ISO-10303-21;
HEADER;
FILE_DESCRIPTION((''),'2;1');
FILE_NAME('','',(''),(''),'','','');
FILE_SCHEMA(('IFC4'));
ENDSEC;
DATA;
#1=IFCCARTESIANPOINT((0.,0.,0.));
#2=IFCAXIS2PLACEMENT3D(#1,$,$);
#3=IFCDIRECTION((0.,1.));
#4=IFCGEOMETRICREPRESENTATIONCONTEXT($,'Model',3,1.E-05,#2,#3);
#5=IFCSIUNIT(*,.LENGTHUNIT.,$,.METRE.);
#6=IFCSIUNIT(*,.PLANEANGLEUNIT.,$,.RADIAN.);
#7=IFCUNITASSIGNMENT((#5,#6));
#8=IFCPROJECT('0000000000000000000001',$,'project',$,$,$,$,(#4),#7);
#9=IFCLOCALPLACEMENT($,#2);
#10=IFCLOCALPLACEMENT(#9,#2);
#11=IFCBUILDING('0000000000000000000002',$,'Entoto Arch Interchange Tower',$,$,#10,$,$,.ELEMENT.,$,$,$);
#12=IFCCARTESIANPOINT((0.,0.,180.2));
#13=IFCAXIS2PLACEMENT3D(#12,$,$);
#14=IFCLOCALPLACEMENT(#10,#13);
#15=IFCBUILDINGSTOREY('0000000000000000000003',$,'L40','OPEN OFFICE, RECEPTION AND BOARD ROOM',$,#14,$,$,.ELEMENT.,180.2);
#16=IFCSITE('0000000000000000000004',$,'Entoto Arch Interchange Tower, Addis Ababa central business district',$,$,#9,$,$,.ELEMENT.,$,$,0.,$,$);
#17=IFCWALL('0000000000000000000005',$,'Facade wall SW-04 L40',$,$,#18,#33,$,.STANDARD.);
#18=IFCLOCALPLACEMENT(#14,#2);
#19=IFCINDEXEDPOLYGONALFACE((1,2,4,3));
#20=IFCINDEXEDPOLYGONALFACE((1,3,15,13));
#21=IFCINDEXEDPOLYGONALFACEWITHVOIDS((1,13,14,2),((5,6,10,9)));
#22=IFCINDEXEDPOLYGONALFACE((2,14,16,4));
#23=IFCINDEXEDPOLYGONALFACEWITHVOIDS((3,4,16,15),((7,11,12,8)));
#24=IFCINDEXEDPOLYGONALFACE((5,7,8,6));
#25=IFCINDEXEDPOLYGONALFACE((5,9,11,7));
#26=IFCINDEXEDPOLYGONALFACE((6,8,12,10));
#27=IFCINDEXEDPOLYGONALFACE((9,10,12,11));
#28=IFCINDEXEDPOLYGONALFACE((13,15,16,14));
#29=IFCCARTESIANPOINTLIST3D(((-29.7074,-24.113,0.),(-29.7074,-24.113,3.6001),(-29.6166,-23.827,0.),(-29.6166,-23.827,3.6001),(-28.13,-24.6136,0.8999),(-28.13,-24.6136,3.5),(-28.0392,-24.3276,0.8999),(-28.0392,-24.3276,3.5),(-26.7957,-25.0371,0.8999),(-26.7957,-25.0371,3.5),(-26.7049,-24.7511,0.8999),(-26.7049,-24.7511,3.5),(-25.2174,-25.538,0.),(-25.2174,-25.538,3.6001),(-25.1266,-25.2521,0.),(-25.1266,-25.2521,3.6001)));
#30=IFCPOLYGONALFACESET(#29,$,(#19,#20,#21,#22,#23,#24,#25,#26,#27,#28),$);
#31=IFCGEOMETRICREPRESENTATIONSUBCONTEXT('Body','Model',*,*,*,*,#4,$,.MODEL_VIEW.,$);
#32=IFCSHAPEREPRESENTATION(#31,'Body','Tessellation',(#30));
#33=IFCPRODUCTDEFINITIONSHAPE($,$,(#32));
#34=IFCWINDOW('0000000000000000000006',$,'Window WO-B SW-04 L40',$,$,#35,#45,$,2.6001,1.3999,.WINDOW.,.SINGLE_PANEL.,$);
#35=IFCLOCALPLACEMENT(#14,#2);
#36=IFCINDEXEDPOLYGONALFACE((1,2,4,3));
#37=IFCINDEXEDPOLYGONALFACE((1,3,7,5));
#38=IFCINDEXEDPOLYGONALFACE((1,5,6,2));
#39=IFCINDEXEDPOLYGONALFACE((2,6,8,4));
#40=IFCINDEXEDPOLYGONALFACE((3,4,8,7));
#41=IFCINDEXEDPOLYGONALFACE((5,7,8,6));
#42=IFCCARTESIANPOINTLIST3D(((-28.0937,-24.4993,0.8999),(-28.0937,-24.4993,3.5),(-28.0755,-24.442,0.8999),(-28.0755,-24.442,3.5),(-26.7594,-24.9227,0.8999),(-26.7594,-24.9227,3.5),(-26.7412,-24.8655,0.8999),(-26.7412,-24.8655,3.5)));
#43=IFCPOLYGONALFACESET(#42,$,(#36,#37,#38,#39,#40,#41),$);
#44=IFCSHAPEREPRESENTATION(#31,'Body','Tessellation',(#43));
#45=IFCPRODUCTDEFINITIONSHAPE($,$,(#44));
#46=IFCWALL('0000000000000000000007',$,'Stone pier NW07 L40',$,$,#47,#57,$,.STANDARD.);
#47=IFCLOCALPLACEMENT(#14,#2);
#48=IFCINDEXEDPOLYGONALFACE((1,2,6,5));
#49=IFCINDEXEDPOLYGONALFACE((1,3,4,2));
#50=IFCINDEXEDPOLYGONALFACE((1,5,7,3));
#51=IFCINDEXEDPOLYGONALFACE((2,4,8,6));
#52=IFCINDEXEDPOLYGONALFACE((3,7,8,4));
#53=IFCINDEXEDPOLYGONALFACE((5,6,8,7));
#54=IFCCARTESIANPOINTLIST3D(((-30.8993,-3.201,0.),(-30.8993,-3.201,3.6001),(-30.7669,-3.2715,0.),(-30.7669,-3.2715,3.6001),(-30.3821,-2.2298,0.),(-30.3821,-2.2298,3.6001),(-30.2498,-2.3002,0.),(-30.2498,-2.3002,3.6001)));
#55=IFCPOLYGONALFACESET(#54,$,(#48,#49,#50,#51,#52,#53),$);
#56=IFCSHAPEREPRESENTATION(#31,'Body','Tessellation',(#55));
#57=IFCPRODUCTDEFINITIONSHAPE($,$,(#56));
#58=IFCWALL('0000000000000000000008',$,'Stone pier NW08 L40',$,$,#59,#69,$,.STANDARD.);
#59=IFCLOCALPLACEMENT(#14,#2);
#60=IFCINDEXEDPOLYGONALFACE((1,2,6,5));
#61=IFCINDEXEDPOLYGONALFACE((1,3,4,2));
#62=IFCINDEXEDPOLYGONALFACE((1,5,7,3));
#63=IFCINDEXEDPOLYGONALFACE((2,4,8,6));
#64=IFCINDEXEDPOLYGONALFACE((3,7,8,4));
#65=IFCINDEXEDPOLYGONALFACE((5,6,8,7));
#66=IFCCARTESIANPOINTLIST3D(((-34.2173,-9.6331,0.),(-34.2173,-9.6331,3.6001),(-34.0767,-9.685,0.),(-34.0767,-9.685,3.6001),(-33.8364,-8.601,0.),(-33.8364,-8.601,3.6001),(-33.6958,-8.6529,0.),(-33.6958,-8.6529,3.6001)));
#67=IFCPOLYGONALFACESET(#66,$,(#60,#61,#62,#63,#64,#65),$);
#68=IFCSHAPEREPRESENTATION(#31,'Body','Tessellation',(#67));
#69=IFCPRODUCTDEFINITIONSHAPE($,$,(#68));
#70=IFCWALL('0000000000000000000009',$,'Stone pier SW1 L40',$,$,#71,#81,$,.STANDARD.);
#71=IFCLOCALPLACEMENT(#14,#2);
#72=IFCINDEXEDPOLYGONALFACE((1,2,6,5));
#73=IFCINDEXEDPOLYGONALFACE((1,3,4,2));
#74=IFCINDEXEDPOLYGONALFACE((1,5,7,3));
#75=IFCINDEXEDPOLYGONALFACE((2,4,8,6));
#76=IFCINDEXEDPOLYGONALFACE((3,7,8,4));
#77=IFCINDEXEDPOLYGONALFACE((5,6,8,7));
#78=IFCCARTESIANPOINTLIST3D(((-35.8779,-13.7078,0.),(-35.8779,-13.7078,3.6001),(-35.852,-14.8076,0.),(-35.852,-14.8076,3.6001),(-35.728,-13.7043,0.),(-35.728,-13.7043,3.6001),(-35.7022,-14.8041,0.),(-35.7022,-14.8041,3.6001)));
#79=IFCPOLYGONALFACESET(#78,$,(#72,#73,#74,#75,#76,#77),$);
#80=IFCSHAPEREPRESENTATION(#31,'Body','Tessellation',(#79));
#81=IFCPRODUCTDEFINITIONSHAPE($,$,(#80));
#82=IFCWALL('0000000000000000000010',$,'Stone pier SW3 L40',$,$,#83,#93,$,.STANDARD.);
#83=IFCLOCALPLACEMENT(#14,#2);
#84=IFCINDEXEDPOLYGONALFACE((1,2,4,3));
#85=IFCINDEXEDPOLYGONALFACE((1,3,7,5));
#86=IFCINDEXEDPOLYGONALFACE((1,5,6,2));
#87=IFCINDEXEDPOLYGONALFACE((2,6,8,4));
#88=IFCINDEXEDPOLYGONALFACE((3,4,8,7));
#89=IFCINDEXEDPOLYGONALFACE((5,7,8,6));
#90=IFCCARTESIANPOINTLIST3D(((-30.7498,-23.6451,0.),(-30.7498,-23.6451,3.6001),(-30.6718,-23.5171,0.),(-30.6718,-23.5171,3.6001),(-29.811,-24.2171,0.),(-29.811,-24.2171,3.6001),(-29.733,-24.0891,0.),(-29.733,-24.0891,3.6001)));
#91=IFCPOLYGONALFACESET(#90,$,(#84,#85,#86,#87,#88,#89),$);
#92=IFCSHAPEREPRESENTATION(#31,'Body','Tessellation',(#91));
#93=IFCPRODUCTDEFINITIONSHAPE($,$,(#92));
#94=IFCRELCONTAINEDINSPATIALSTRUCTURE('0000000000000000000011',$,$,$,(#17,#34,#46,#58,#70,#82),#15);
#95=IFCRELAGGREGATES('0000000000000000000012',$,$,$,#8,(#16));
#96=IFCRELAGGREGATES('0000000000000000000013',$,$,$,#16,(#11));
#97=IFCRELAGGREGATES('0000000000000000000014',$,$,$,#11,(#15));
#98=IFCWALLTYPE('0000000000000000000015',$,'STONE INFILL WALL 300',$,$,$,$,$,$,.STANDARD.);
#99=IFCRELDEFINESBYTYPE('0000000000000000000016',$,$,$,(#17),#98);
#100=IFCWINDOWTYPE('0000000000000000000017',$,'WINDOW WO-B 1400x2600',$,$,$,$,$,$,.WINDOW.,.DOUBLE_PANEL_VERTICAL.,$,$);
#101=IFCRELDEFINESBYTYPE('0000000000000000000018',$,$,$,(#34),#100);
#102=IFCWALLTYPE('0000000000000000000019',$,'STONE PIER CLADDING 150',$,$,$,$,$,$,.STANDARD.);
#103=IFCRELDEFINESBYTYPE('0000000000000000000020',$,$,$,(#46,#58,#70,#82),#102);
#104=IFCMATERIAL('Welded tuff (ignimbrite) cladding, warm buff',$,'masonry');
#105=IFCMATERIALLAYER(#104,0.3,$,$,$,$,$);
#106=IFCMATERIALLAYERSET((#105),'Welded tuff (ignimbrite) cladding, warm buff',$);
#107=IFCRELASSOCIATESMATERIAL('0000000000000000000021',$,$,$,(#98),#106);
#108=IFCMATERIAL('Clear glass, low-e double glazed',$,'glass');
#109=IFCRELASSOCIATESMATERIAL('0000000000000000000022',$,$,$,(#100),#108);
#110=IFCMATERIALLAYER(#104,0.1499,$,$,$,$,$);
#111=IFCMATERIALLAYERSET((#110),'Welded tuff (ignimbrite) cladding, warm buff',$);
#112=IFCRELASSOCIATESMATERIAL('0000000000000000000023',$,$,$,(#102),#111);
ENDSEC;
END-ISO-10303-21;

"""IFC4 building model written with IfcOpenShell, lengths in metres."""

from ifc_helpers import new_model, si_unit, direction, frame, frame_2d, origin, place, context, subcontext, project, spatial, rectangle, extrude, material, layer, layer_set, type_object, element, fill, save


model = new_model("IFC4")

# Units and contexts
model_context = context("Model", 3, precision=1e-05, world=origin(), true_north=direction((0.0, 1.0)))
body_context = subcontext(model_context, "Body", "Model", "MODEL_VIEW")
ifc_project = project(units=[si_unit("LENGTHUNIT", "METRE"), si_unit("PLANEANGLEUNIT", "RADIAN")], contexts=[model_context])

# Site, building, storey
site_placement = place(None, origin())
site = spatial("IfcSite", under=ifc_project, at=site_placement, Name="Entoto Arch Interchange Tower, Addis Ababa central business district", CompositionType="ELEMENT", RefElevation=0.0)
building_placement = place(site_placement, origin())
building = spatial("IfcBuilding", under=site, at=building_placement, Name="Entoto Arch Interchange Tower", CompositionType="ELEMENT")
storey_placement = place(building_placement, frame((0.0, 0.0, 180.2)))
storey = spatial("IfcBuildingStorey", under=building, at=storey_placement, Name="L40", Description="OPEN OFFICE, RECEPTION AND BOARD ROOM", CompositionType="ELEMENT", Elevation=180.2)

# Shared definitions
ifc_material_1 = material(Name="Welded tuff (ignimbrite) cladding, warm buff", Category="masonry")
ifc_layer_1 = layer(ifc_material_1, 0.3)
ifc_layer_set_1 = layer_set([ifc_layer_1], Name="Welded tuff (ignimbrite) cladding, warm buff")
wall_type_1 = type_object("IfcWallType", Name="STONE INFILL WALL 300", PredefinedType="STANDARD", material=ifc_layer_set_1)
ifc_material_2 = material(Name="Clear glass, low-e double glazed", Category="glass")

# Wall, opening, window
window_type_1 = type_object("IfcWindowType", Name="WINDOW WO-B 1400x2600", PartitioningType="DOUBLE_PANEL_VERTICAL", PredefinedType="WINDOW", material=ifc_material_2)
wall_1_placement = place(storey_placement, frame((-29.6621, -23.97, 0.0), z_axis=(0.0, 0.0, 1.0), x_axis=(0.953145, -0.302513, 0.0)))
wall_1 = element("IfcWall", 1, at=wall_1_placement, inside=storey, type_object=wall_type_1, Name="Facade wall SW-04 L40", PredefinedType="STANDARD", context=body_context, shape_type="SweptSolid", body=[
    extrude(rectangle(XDim=4.7107, YDim=0.3, at=frame_2d((2.3555, 0.0))), origin(), (0.0, 0.0, 1.0), 3.6001),
])
opening_1_placement = place(wall_1_placement, frame((1.655, 0.0, 0.8999)))
opening_1 = element("IfcOpeningElement", 2, at=opening_1_placement, cuts=wall_1, PredefinedType="OPENING", context=body_context, shape_type="SweptSolid", body=[
    extrude(rectangle(XDim=1.3999, YDim=2.6001, at=frame_2d((0.7, 1.3))), frame((0.0, 0.1602, 0.0), z_axis=(0.0, -1.0, 0.0), x_axis=(1.0, 0.0, 0.0)), (0.0, 0.0, 1.0), 0.3201),
])
window_1_placement = place(opening_1_placement, origin())
window_1 = element("IfcWindow", 3, at=window_1_placement, inside=storey, type_object=window_type_1, Name="Window WO-B SW-04 L40", OverallHeight=2.6001, OverallWidth=1.3999, PartitioningType="SINGLE_PANEL", PredefinedType="WINDOW", context=body_context, shape_type="SweptSolid", body=[
    extrude(rectangle(XDim=1.3999, YDim=2.6001, at=frame_2d((0.7, 1.3))), frame((0.0, 0.03, 0.0), z_axis=(0.0, -1.0, 0.0), x_axis=(1.0, 0.0, 0.0)), (0.0, 0.0, 1.0), 0.0601),
])
fill(opening_1, window_1)

# Walls
ifc_layer_2 = layer(ifc_material_1, 0.1499)
ifc_layer_set_2 = layer_set([ifc_layer_2], Name="Welded tuff (ignimbrite) cladding, warm buff")
wall_type_2 = type_object("IfcWallType", Name="STONE PIER CLADDING 150", PredefinedType="STANDARD", material=ifc_layer_set_2)
wall_2_placement = place(storey_placement, frame((-30.3159, -2.2649, 0.0), z_axis=(0.0, 0.0, 1.0), x_axis=(-0.469966, -0.882684, 0.0)))
element("IfcWall", 4, at=wall_2_placement, inside=storey, type_object=wall_type_2, Name="Stone pier NW07 L40", PredefinedType="STANDARD", context=body_context, shape_type="SweptSolid", body=[
    extrude(rectangle(XDim=1.1003, YDim=0.1499, at=frame_2d((0.5503, 0.0))), origin(), (0.0, 0.0, 1.0), 3.6001),
])
for number, where, z_axis, x_axis, name in (
    (5, (-33.7661, -8.627, 0.0), (0.0, 0.0, 1.0), (-0.34623, -0.93815, 0.0), "Stone pier NW08 L40"),
    (6, (-35.803, -13.7061, 0.0), (0.0, 0.0, 1.0), (0.023523, -0.999723, 0.0), "Stone pier SW1 L40"),
):
    element("IfcWall", number, at=place(storey_placement, frame(where, z_axis=z_axis, x_axis=x_axis)), inside=storey, type_object=wall_type_2, Name=name, PredefinedType="STANDARD", context=body_context, shape_type="SweptSolid", body=[
        extrude(rectangle(XDim=1.1001, YDim=0.1499, at=frame_2d((0.55, 0.0))), origin(), (0.0, 0.0, 1.0), 3.6001),
    ])
wall_3_placement = place(storey_placement, frame((-30.7109, -23.5811, 0.0), z_axis=(0.0, 0.0, 1.0), x_axis=(0.854006, -0.520264, 0.0)))
element("IfcWall", 7, at=wall_3_placement, inside=storey, type_object=wall_type_2, Name="Stone pier SW3 L40", PredefinedType="STANDARD", context=body_context, shape_type="SweptSolid", body=[
    extrude(rectangle(XDim=1.0994, YDim=0.1499, at=frame_2d((0.5498, 0.0))), origin(), (0.0, 0.0, 1.0), 3.6001),
])

save(model, "model.ifc")
